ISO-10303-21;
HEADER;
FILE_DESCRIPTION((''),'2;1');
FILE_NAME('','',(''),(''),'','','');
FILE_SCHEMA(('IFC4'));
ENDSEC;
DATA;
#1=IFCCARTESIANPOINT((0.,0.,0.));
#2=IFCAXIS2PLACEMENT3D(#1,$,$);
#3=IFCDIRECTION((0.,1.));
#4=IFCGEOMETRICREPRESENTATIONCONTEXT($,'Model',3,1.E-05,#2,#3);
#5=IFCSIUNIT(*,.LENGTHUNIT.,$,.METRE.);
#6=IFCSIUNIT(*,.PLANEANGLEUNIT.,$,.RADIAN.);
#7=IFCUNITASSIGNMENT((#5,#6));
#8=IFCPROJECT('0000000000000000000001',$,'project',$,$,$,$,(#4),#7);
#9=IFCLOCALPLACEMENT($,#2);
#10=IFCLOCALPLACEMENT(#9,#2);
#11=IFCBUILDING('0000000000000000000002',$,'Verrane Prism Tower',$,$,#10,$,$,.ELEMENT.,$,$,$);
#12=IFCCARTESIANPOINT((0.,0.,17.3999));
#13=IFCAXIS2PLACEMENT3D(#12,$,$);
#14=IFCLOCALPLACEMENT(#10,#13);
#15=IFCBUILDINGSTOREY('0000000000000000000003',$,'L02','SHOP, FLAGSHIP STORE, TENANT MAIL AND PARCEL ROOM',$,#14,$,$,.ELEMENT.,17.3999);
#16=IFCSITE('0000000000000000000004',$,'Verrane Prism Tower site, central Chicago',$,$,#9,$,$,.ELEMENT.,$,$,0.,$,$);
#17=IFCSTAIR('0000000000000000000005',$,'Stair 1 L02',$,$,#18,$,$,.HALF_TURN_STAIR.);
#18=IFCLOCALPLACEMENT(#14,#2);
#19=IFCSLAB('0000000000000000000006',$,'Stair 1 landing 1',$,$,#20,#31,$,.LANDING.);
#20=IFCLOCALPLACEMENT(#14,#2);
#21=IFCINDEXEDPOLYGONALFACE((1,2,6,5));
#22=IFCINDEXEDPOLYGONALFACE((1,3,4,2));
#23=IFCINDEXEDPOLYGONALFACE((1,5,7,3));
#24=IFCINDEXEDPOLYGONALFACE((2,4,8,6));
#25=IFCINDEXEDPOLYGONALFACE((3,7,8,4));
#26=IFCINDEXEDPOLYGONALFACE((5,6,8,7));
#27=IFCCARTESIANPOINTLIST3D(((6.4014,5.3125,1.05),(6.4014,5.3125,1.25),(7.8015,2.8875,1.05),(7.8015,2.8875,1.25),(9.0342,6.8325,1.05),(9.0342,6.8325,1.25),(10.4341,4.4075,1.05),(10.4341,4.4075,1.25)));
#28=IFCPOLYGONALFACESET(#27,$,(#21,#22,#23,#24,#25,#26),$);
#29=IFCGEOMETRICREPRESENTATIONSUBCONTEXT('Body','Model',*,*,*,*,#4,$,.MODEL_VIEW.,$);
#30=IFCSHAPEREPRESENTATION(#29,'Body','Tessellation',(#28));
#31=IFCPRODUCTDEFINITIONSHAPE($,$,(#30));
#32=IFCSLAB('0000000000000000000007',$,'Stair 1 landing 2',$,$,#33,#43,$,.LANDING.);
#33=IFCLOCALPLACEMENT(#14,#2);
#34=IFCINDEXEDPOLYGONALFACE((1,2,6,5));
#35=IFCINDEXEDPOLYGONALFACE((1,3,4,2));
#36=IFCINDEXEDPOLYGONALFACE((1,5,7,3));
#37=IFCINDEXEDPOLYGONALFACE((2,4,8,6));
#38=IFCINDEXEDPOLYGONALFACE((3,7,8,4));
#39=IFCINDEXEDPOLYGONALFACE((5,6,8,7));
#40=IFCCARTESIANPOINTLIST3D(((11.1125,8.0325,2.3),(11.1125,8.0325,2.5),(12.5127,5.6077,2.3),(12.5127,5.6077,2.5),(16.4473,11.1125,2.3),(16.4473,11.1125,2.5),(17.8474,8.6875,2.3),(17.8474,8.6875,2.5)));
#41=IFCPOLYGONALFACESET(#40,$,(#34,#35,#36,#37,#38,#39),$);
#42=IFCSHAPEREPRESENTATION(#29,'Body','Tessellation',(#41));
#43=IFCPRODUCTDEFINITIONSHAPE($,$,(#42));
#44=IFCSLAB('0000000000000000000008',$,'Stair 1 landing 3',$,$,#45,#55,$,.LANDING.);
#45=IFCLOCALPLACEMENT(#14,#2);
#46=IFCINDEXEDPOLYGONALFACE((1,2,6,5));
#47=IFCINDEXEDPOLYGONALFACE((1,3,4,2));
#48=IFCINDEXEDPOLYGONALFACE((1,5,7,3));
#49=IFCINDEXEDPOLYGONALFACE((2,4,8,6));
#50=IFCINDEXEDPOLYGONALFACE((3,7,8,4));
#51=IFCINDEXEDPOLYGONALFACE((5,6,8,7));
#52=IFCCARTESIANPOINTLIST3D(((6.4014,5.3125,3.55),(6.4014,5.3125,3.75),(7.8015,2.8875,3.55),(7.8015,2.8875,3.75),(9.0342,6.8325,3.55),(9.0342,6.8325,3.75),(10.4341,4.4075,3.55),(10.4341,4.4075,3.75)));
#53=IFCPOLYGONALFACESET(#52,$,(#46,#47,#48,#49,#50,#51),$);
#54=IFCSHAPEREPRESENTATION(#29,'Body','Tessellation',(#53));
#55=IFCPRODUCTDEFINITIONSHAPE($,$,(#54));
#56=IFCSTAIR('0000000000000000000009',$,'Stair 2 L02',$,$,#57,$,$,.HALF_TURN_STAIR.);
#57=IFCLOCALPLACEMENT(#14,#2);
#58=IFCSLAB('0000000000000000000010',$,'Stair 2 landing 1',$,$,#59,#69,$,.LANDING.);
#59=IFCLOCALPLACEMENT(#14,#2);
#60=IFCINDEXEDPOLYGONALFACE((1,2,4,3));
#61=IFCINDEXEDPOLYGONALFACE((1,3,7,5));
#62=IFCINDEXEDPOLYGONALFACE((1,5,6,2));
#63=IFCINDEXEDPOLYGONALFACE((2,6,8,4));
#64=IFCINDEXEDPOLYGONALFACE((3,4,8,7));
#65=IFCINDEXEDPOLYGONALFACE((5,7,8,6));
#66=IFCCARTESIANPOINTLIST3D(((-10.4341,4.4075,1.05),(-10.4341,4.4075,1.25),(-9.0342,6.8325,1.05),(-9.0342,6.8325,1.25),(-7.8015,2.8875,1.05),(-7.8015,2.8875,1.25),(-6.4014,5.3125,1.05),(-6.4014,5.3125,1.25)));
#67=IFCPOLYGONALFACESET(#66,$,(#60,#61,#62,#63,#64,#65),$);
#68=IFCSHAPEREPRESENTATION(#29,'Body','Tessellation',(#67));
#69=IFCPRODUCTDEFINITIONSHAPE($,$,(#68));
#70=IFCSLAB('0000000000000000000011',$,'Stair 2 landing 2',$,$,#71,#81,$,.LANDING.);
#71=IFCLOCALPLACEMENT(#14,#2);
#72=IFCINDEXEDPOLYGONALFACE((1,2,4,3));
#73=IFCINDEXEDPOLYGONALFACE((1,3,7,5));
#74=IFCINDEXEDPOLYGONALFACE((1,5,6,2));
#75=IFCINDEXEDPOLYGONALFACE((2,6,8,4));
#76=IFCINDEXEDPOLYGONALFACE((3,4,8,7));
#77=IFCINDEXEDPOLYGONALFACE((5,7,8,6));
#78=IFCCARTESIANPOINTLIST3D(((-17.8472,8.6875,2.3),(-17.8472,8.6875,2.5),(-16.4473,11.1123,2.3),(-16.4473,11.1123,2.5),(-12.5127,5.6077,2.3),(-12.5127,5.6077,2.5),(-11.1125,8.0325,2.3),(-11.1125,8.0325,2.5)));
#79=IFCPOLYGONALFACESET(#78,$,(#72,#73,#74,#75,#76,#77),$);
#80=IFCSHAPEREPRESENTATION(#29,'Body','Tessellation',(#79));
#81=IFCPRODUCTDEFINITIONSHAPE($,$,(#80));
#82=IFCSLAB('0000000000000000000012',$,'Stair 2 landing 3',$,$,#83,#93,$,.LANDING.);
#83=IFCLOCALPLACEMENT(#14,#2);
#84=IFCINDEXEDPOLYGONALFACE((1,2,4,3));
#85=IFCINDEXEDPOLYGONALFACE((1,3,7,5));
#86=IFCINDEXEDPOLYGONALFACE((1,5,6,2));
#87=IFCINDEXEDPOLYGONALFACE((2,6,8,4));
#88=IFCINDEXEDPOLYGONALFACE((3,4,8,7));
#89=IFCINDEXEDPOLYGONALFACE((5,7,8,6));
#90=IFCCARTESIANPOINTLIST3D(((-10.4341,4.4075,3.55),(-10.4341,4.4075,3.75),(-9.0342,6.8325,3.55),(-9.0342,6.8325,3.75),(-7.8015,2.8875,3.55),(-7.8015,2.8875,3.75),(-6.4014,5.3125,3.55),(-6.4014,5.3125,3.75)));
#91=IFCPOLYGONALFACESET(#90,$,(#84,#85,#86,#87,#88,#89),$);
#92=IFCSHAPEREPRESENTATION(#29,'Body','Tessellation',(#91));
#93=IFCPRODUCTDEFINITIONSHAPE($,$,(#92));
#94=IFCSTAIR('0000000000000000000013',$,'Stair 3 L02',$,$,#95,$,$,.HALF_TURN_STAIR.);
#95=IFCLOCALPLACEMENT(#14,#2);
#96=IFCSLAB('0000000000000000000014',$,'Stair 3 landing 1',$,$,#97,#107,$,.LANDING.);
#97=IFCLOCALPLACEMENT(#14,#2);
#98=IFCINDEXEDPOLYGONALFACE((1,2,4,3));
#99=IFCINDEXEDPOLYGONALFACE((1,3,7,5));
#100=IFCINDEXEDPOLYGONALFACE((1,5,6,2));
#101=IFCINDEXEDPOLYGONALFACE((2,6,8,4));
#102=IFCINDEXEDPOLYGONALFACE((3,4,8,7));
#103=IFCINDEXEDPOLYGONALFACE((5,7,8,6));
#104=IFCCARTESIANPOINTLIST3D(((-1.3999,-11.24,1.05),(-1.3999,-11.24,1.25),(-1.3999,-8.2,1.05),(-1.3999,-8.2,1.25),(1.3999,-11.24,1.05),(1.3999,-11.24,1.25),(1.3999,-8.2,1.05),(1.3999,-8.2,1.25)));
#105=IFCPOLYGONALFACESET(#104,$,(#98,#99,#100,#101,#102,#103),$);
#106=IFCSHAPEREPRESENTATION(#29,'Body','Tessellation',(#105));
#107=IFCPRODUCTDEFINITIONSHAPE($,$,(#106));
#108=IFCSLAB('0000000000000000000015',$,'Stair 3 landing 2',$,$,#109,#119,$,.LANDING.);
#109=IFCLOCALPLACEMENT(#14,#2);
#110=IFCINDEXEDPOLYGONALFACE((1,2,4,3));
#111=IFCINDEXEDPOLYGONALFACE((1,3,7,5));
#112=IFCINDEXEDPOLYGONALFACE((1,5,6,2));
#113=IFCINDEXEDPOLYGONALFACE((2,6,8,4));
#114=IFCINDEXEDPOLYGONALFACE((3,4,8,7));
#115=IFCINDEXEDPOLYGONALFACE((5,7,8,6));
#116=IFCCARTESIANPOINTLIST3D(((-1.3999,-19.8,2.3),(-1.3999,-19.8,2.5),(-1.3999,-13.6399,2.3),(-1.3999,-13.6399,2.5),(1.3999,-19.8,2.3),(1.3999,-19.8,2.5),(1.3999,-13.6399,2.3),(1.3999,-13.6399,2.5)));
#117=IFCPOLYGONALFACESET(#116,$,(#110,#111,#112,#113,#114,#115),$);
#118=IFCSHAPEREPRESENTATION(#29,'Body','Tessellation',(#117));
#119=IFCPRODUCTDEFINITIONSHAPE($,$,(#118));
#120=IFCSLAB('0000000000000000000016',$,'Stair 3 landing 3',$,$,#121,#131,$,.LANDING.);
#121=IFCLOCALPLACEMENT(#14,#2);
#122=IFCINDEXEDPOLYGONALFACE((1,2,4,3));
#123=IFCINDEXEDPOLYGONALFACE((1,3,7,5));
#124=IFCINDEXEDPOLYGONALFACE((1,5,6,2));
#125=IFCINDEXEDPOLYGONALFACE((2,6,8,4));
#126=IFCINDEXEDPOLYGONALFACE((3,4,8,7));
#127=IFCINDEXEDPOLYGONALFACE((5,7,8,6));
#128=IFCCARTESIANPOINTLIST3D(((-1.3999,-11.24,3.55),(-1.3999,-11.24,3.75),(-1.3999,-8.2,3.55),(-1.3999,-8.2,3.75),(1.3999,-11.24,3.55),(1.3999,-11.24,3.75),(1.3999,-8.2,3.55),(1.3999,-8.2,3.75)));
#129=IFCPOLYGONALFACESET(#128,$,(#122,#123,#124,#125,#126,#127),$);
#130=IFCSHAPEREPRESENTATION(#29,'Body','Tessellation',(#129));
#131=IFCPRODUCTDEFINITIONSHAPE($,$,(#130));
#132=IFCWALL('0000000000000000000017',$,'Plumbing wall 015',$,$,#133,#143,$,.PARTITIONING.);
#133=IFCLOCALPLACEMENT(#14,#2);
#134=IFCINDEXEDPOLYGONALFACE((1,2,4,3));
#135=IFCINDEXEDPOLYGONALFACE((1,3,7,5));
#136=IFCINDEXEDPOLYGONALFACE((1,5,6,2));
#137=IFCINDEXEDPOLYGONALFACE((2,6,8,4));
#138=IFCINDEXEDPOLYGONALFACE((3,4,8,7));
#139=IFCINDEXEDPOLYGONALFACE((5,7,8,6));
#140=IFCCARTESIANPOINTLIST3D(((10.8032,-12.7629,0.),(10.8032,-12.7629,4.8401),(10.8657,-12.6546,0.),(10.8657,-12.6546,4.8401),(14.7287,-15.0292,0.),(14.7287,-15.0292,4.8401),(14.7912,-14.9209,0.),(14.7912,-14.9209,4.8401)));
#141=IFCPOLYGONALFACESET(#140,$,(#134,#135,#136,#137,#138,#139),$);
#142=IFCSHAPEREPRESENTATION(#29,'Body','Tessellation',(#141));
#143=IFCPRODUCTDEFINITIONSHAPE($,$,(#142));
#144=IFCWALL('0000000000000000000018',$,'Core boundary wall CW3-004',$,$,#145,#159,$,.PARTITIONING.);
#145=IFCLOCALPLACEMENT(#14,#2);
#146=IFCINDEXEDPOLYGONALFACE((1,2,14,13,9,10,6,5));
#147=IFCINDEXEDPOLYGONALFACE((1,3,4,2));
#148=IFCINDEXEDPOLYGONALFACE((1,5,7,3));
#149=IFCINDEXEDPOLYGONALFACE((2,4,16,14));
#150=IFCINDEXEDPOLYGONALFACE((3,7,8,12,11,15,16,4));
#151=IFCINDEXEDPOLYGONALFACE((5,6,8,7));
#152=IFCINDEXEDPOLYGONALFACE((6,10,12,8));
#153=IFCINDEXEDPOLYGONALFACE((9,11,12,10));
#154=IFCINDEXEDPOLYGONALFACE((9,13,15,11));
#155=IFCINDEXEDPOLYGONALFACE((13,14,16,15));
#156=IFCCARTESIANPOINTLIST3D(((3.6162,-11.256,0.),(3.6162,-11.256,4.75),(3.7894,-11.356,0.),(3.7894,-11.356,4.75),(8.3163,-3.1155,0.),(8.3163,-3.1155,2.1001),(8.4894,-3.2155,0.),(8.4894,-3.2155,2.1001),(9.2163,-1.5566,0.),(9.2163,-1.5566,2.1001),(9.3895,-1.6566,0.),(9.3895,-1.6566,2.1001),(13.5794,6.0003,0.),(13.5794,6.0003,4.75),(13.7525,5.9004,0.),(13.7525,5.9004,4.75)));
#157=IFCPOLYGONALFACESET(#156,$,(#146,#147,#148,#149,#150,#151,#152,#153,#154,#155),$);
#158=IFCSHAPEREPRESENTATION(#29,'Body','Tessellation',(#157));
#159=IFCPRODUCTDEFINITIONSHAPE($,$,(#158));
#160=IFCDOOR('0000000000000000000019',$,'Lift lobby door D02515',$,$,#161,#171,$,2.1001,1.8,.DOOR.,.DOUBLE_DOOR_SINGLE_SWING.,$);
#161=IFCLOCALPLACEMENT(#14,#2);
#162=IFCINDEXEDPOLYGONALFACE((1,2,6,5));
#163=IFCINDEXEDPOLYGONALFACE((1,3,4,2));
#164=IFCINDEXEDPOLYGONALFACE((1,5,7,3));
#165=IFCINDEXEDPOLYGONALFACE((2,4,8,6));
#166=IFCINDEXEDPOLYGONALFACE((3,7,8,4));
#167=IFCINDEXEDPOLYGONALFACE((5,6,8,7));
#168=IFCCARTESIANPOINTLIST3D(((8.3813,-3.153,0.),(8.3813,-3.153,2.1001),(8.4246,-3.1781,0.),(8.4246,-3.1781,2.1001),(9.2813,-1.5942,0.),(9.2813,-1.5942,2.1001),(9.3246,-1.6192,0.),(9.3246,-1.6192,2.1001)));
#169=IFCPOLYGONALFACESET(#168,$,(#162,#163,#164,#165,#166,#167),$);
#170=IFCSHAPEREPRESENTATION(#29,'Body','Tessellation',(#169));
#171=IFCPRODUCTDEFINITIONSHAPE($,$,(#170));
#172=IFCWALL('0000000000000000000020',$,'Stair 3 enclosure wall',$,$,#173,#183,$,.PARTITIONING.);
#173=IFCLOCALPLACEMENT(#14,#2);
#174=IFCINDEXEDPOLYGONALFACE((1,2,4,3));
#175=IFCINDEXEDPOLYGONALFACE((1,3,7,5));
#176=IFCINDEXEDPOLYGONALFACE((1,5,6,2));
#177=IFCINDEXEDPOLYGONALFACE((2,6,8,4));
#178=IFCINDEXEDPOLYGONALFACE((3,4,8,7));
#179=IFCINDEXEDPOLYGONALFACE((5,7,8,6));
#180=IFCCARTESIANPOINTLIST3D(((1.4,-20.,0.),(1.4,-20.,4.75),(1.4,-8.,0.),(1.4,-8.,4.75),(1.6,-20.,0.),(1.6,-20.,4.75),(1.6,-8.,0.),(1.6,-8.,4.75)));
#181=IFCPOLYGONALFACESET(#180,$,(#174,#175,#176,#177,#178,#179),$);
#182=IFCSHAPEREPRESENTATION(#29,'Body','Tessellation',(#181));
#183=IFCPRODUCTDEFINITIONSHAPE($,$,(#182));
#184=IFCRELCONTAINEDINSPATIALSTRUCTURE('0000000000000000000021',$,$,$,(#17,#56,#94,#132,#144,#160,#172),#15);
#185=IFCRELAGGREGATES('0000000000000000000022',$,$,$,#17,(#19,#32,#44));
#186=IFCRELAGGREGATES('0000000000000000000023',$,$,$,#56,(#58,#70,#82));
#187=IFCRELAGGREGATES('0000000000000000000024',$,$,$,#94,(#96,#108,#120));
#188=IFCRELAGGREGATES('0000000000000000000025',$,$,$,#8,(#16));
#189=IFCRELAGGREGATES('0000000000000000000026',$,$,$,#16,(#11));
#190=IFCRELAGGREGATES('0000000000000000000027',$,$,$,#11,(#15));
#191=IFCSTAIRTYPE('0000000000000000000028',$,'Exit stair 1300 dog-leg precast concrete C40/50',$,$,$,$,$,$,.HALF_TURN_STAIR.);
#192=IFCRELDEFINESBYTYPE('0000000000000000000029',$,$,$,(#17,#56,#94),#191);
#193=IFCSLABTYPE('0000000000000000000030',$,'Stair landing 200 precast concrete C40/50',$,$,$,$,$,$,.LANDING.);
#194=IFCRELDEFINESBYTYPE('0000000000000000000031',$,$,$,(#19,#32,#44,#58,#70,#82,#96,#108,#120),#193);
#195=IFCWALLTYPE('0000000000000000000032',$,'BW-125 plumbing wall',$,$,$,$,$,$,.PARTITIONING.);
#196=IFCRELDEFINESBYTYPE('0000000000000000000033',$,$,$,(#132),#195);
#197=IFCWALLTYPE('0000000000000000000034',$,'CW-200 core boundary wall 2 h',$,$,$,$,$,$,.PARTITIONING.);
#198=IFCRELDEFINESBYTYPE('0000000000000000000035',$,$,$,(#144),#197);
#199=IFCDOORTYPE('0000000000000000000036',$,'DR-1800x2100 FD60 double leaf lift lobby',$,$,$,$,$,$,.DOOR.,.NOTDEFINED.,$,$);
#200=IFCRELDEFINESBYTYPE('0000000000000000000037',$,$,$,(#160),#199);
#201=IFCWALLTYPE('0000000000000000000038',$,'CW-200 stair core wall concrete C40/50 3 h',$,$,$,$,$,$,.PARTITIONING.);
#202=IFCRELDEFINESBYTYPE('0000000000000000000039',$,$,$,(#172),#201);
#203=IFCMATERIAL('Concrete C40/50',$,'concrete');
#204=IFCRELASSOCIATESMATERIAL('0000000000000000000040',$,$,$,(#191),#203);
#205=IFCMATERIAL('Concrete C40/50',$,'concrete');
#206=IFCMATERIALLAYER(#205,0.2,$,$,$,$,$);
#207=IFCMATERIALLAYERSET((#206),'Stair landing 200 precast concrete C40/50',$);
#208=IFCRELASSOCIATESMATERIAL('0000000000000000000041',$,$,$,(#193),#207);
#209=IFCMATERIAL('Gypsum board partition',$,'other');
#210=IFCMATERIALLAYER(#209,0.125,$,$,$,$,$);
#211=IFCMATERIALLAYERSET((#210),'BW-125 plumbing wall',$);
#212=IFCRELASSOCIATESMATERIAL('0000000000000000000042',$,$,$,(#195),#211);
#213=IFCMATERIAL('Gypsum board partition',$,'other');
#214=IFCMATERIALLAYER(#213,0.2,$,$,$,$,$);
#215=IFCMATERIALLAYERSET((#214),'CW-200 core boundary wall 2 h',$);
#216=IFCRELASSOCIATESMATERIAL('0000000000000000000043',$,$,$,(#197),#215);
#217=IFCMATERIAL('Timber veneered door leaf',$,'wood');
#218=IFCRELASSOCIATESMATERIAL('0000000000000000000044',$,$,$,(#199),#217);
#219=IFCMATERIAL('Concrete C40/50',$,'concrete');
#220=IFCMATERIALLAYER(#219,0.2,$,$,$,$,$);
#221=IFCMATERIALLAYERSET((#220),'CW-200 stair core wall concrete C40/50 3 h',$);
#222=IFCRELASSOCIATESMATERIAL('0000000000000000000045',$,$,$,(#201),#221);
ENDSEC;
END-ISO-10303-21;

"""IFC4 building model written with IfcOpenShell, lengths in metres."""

from ifc_helpers import new_model, si_unit, direction, frame, frame_2d, origin, place, context, subcontext, project, spatial, polyline, rectangle, outline, extrude, material, layer, layer_set, type_object, element, fill, aggregate, save


model = new_model("IFC4")

# Units and contexts
model_context = context("Model", 3, precision=1e-05, world=origin(), true_north=direction((0.0, 1.0)))
body_context = subcontext(model_context, "Body", "Model", "MODEL_VIEW")
ifc_project = project(units=[si_unit("LENGTHUNIT", "METRE"), si_unit("PLANEANGLEUNIT", "RADIAN")], contexts=[model_context])

# Site, building, storey
site_placement = place(None, origin())
site = spatial("IfcSite", under=ifc_project, at=site_placement, Name="Verrane Prism Tower site, central Chicago", CompositionType="ELEMENT", RefElevation=0.0)
building_placement = place(site_placement, origin())
building = spatial("IfcBuilding", under=site, at=building_placement, Name="Verrane Prism Tower", CompositionType="ELEMENT")
storey_placement = place(building_placement, frame((0.0, 0.0, 17.3999)))
storey = spatial("IfcBuildingStorey", under=building, at=storey_placement, Name="L02", Description="SHOP, FLAGSHIP STORE, TENANT MAIL AND PARCEL ROOM", CompositionType="ELEMENT", Elevation=17.3999)

# Stairs, slabs
ifc_material_1 = material(Name="Concrete C40/50", Category="concrete")
stair_type = type_object("IfcStairType", Name="Exit stair 1300 dog-leg precast concrete C40/50", PredefinedType="HALF_TURN_STAIR", material=ifc_material_1)
stair_1_placement = place(storey_placement, origin())
stair_1 = element("IfcStair", 1, at=stair_1_placement, inside=storey, type_object=stair_type, Name="Stair 1 L02", PredefinedType="HALF_TURN_STAIR")
ifc_material_2 = material(Name="Concrete C40/50", Category="concrete")
ifc_layer_1 = layer(ifc_material_2, 0.2)
ifc_layer_set_1 = layer_set([ifc_layer_1], Name="Stair landing 200 precast concrete C40/50")
slab_type_1 = type_object("IfcSlabType", Name="Stair landing 200 precast concrete C40/50", PredefinedType="LANDING", material=ifc_layer_set_1)
slab_1_placement = place(storey_placement, frame((0.0, 0.0, 1.05)))
slab_1 = element("IfcSlab", 2, at=slab_1_placement, type_object=slab_type_1, Name="Stair 1 landing 1", PredefinedType="LANDING", context=body_context, shape_type="SweptSolid", body=[
    extrude(outline(polyline([(9.0342, 6.8325), (6.4014, 5.3125), (7.8015, 2.8875), (10.4341, 4.4075), (9.0342, 6.8325)])), origin(), (0.0, 0.0, 1.0), 0.2),
])
slab_2_placement = place(storey_placement, frame((0.0, 0.0, 2.3)))
slab_2 = element("IfcSlab", 3, at=slab_2_placement, type_object=slab_type_1, Name="Stair 1 landing 2", PredefinedType="LANDING", context=body_context, shape_type="SweptSolid", body=[
    extrude(outline(polyline([(16.4473, 11.1125), (11.1125, 8.0325), (12.5127, 5.6077), (17.8474, 8.6875), (16.4473, 11.1125)])), origin(), (0.0, 0.0, 1.0), 0.2),
])
slab_3_placement = place(storey_placement, frame((0.0, 0.0, 3.55)))
slab_3 = element("IfcSlab", 4, at=slab_3_placement, type_object=slab_type_1, Name="Stair 1 landing 3", PredefinedType="LANDING", context=body_context, shape_type="SweptSolid", body=[
    extrude(outline(polyline([(9.0342, 6.8325), (6.4014, 5.3125), (7.8015, 2.8875), (10.4341, 4.4075), (9.0342, 6.8325)])), origin(), (0.0, 0.0, 1.0), 0.2),
])
aggregate(stair_1, [slab_1, slab_2, slab_3])
stair_2_placement = place(storey_placement, origin())
stair_2 = element("IfcStair", 5, at=stair_2_placement, inside=storey, type_object=stair_type, Name="Stair 2 L02", PredefinedType="HALF_TURN_STAIR")
slab_4_placement = place(storey_placement, frame((0.0, 0.0, 1.05)))
slab_4 = element("IfcSlab", 6, at=slab_4_placement, type_object=slab_type_1, Name="Stair 2 landing 1", PredefinedType="LANDING", context=body_context, shape_type="SweptSolid", body=[
    extrude(outline(polyline([(-10.4341, 4.4075), (-7.8015, 2.8875), (-6.4014, 5.3125), (-9.0342, 6.8325), (-10.4341, 4.4075)])), origin(), (0.0, 0.0, 1.0), 0.2),
])
slab_5_placement = place(storey_placement, frame((0.0, 0.0, 2.3)))
slab_5 = element("IfcSlab", 7, at=slab_5_placement, type_object=slab_type_1, Name="Stair 2 landing 2", PredefinedType="LANDING", context=body_context, shape_type="SweptSolid", body=[
    extrude(outline(polyline([(-17.8472, 8.6875), (-12.5127, 5.6077), (-11.1125, 8.0325), (-16.4473, 11.1123), (-17.8472, 8.6875)])), origin(), (0.0, 0.0, 1.0), 0.2),
])
slab_6_placement = place(storey_placement, frame((0.0, 0.0, 3.55)))
slab_6 = element("IfcSlab", 8, at=slab_6_placement, type_object=slab_type_1, Name="Stair 2 landing 3", PredefinedType="LANDING", context=body_context, shape_type="SweptSolid", body=[
    extrude(outline(polyline([(-10.4341, 4.4075), (-7.8015, 2.8875), (-6.4014, 5.3125), (-9.0342, 6.8325), (-10.4341, 4.4075)])), origin(), (0.0, 0.0, 1.0), 0.2),
])
aggregate(stair_2, [slab_4, slab_5, slab_6])
stair_3_placement = place(storey_placement, origin())
stair_3 = element("IfcStair", 9, at=stair_3_placement, inside=storey, type_object=stair_type, Name="Stair 3 L02", PredefinedType="HALF_TURN_STAIR")
slab_7_placement = place(storey_placement, frame((0.0, 0.0, 1.05)))
slab_7 = element("IfcSlab", 10, at=slab_7_placement, type_object=slab_type_1, Name="Stair 3 landing 1", PredefinedType="LANDING", context=body_context, shape_type="SweptSolid", body=[
    extrude(outline(polyline([(1.3999, -11.24), (1.3999, -8.2), (-1.3999, -8.2), (-1.3999, -11.24), (1.3999, -11.24)])), origin(), (0.0, 0.0, 1.0), 0.2),
])
slab_8_placement = place(storey_placement, frame((0.0, 0.0, 2.3)))
slab_8 = element("IfcSlab", 11, at=slab_8_placement, type_object=slab_type_1, Name="Stair 3 landing 2", PredefinedType="LANDING", context=body_context, shape_type="SweptSolid", body=[
    extrude(outline(polyline([(1.3999, -19.8), (1.3999, -13.6399), (-1.3999, -13.6399), (-1.3999, -19.8), (1.3999, -19.8)])), origin(), (0.0, 0.0, 1.0), 0.2),
])
slab_9_placement = place(storey_placement, frame((0.0, 0.0, 3.55)))
slab_9 = element("IfcSlab", 12, at=slab_9_placement, type_object=slab_type_1, Name="Stair 3 landing 3", PredefinedType="LANDING", context=body_context, shape_type="SweptSolid", body=[
    extrude(outline(polyline([(1.3999, -11.24), (1.3999, -8.2), (-1.3999, -8.2), (-1.3999, -11.24), (1.3999, -11.24)])), origin(), (0.0, 0.0, 1.0), 0.2),
])

# Wall
ifc_material_3 = material(Name="Gypsum board partition", Category="other")
ifc_layer_2 = layer(ifc_material_3, 0.125)
ifc_layer_set_2 = layer_set([ifc_layer_2], Name="BW-125 plumbing wall")
wall_type_1 = type_object("IfcWallType", Name="BW-125 plumbing wall", PredefinedType="PARTITIONING", material=ifc_layer_set_2)
wall_1_placement = place(storey_placement, frame((10.8345, -12.7087, 0.0), z_axis=(0.0, 0.0, 1.0), x_axis=(0.86603, -0.499991, 0.0)))
element("IfcWall", 13, at=wall_1_placement, inside=storey, type_object=wall_type_1, Name="Plumbing wall 015", PredefinedType="PARTITIONING", context=body_context, shape_type="SweptSolid", body=[
    extrude(rectangle(XDim=4.5327, YDim=0.125, at=frame_2d((2.2664, 0.0))), origin(), (0.0, 0.0, 1.0), 4.8401),
])

# Wall, opening, door
ifc_material_4 = material(Name="Gypsum board partition", Category="other")
ifc_layer_3 = layer(ifc_material_4, 0.2)
ifc_layer_set_3 = layer_set([ifc_layer_3], Name="CW-200 core boundary wall 2 h")
wall_type_2 = type_object("IfcWallType", Name="CW-200 core boundary wall 2 h", PredefinedType="PARTITIONING", material=ifc_layer_set_3)
wall_2_placement = place(storey_placement, frame((3.7029, -11.3059, 0.0), z_axis=(0.0, 0.0, 1.0), x_axis=(0.500007, 0.866022, 0.0)))
wall_2 = element("IfcWall", 14, at=wall_2_placement, inside=storey, type_object=wall_type_2, Name="Core boundary wall CW3-004", PredefinedType="PARTITIONING", context=body_context, shape_type="SweptSolid", body=[
    extrude(rectangle(XDim=19.926, YDim=0.2, at=frame_2d((9.9629, 0.0))), origin(), (0.0, 0.0, 1.0), 4.75),
])
opening_1_placement = place(wall_2_placement, frame((9.3999, 0.0, 0.0)))
opening_1 = element("IfcOpeningElement", 15, at=opening_1_placement, cuts=wall_2, PredefinedType="OPENING", context=body_context, shape_type="SweptSolid", body=[
    extrude(rectangle(XDim=1.8, YDim=2.1001, at=frame_2d((0.8999, 1.05))), frame((0.0, 0.1099, 0.0), z_axis=(0.0, -1.0, 0.0), x_axis=(1.0, 0.0, 0.0)), (0.0, 0.0, 1.0), 0.22),
])
ifc_material_5 = material(Name="Timber veneered door leaf", Category="wood")
door_type_1 = type_object("IfcDoorType", Name="DR-1800x2100 FD60 double leaf lift lobby", OperationType="NOTDEFINED", PredefinedType="DOOR", material=ifc_material_5)
door_1_placement = place(opening_1_placement, origin())
door_1 = element("IfcDoor", 16, at=door_1_placement, inside=storey, type_object=door_type_1, Name="Lift lobby door D02515", OperationType="DOUBLE_DOOR_SINGLE_SWING", OverallHeight=2.1001, OverallWidth=1.8, PredefinedType="DOOR", context=body_context, shape_type="SweptSolid", body=[
    extrude(rectangle(XDim=1.8, YDim=2.1001, at=frame_2d((0.8999, 1.05))), frame((0.0, 0.0249, 0.0), z_axis=(0.0, -1.0, 0.0), x_axis=(1.0, 0.0, 0.0)), (0.0, 0.0, 1.0), 0.05),
])
fill(opening_1, door_1)

# Wall
ifc_material_6 = material(Name="Concrete C40/50", Category="concrete")
ifc_layer_4 = layer(ifc_material_6, 0.2)
ifc_layer_set_4 = layer_set([ifc_layer_4], Name="CW-200 stair core wall concrete C40/50 3 h")
wall_type_3 = type_object("IfcWallType", Name="CW-200 stair core wall concrete C40/50 3 h", PredefinedType="PARTITIONING", material=ifc_layer_set_4)
wall_3_placement = place(storey_placement, frame((1.5, -8.0, 0.0), z_axis=(0.0, 0.0, 1.0), x_axis=(0.0, -1.0, 0.0)))
element("IfcWall", 17, at=wall_3_placement, inside=storey, type_object=wall_type_3, Name="Stair 3 enclosure wall", PredefinedType="PARTITIONING", context=body_context, shape_type="SweptSolid", body=[
    extrude(rectangle(XDim=12.0, YDim=0.2, at=frame_2d((6.0, 0.0))), origin(), (0.0, 0.0, 1.0), 4.75),
])

aggregate(stair_3, [slab_7, slab_8, slab_9])

save(model, "model.ifc")
